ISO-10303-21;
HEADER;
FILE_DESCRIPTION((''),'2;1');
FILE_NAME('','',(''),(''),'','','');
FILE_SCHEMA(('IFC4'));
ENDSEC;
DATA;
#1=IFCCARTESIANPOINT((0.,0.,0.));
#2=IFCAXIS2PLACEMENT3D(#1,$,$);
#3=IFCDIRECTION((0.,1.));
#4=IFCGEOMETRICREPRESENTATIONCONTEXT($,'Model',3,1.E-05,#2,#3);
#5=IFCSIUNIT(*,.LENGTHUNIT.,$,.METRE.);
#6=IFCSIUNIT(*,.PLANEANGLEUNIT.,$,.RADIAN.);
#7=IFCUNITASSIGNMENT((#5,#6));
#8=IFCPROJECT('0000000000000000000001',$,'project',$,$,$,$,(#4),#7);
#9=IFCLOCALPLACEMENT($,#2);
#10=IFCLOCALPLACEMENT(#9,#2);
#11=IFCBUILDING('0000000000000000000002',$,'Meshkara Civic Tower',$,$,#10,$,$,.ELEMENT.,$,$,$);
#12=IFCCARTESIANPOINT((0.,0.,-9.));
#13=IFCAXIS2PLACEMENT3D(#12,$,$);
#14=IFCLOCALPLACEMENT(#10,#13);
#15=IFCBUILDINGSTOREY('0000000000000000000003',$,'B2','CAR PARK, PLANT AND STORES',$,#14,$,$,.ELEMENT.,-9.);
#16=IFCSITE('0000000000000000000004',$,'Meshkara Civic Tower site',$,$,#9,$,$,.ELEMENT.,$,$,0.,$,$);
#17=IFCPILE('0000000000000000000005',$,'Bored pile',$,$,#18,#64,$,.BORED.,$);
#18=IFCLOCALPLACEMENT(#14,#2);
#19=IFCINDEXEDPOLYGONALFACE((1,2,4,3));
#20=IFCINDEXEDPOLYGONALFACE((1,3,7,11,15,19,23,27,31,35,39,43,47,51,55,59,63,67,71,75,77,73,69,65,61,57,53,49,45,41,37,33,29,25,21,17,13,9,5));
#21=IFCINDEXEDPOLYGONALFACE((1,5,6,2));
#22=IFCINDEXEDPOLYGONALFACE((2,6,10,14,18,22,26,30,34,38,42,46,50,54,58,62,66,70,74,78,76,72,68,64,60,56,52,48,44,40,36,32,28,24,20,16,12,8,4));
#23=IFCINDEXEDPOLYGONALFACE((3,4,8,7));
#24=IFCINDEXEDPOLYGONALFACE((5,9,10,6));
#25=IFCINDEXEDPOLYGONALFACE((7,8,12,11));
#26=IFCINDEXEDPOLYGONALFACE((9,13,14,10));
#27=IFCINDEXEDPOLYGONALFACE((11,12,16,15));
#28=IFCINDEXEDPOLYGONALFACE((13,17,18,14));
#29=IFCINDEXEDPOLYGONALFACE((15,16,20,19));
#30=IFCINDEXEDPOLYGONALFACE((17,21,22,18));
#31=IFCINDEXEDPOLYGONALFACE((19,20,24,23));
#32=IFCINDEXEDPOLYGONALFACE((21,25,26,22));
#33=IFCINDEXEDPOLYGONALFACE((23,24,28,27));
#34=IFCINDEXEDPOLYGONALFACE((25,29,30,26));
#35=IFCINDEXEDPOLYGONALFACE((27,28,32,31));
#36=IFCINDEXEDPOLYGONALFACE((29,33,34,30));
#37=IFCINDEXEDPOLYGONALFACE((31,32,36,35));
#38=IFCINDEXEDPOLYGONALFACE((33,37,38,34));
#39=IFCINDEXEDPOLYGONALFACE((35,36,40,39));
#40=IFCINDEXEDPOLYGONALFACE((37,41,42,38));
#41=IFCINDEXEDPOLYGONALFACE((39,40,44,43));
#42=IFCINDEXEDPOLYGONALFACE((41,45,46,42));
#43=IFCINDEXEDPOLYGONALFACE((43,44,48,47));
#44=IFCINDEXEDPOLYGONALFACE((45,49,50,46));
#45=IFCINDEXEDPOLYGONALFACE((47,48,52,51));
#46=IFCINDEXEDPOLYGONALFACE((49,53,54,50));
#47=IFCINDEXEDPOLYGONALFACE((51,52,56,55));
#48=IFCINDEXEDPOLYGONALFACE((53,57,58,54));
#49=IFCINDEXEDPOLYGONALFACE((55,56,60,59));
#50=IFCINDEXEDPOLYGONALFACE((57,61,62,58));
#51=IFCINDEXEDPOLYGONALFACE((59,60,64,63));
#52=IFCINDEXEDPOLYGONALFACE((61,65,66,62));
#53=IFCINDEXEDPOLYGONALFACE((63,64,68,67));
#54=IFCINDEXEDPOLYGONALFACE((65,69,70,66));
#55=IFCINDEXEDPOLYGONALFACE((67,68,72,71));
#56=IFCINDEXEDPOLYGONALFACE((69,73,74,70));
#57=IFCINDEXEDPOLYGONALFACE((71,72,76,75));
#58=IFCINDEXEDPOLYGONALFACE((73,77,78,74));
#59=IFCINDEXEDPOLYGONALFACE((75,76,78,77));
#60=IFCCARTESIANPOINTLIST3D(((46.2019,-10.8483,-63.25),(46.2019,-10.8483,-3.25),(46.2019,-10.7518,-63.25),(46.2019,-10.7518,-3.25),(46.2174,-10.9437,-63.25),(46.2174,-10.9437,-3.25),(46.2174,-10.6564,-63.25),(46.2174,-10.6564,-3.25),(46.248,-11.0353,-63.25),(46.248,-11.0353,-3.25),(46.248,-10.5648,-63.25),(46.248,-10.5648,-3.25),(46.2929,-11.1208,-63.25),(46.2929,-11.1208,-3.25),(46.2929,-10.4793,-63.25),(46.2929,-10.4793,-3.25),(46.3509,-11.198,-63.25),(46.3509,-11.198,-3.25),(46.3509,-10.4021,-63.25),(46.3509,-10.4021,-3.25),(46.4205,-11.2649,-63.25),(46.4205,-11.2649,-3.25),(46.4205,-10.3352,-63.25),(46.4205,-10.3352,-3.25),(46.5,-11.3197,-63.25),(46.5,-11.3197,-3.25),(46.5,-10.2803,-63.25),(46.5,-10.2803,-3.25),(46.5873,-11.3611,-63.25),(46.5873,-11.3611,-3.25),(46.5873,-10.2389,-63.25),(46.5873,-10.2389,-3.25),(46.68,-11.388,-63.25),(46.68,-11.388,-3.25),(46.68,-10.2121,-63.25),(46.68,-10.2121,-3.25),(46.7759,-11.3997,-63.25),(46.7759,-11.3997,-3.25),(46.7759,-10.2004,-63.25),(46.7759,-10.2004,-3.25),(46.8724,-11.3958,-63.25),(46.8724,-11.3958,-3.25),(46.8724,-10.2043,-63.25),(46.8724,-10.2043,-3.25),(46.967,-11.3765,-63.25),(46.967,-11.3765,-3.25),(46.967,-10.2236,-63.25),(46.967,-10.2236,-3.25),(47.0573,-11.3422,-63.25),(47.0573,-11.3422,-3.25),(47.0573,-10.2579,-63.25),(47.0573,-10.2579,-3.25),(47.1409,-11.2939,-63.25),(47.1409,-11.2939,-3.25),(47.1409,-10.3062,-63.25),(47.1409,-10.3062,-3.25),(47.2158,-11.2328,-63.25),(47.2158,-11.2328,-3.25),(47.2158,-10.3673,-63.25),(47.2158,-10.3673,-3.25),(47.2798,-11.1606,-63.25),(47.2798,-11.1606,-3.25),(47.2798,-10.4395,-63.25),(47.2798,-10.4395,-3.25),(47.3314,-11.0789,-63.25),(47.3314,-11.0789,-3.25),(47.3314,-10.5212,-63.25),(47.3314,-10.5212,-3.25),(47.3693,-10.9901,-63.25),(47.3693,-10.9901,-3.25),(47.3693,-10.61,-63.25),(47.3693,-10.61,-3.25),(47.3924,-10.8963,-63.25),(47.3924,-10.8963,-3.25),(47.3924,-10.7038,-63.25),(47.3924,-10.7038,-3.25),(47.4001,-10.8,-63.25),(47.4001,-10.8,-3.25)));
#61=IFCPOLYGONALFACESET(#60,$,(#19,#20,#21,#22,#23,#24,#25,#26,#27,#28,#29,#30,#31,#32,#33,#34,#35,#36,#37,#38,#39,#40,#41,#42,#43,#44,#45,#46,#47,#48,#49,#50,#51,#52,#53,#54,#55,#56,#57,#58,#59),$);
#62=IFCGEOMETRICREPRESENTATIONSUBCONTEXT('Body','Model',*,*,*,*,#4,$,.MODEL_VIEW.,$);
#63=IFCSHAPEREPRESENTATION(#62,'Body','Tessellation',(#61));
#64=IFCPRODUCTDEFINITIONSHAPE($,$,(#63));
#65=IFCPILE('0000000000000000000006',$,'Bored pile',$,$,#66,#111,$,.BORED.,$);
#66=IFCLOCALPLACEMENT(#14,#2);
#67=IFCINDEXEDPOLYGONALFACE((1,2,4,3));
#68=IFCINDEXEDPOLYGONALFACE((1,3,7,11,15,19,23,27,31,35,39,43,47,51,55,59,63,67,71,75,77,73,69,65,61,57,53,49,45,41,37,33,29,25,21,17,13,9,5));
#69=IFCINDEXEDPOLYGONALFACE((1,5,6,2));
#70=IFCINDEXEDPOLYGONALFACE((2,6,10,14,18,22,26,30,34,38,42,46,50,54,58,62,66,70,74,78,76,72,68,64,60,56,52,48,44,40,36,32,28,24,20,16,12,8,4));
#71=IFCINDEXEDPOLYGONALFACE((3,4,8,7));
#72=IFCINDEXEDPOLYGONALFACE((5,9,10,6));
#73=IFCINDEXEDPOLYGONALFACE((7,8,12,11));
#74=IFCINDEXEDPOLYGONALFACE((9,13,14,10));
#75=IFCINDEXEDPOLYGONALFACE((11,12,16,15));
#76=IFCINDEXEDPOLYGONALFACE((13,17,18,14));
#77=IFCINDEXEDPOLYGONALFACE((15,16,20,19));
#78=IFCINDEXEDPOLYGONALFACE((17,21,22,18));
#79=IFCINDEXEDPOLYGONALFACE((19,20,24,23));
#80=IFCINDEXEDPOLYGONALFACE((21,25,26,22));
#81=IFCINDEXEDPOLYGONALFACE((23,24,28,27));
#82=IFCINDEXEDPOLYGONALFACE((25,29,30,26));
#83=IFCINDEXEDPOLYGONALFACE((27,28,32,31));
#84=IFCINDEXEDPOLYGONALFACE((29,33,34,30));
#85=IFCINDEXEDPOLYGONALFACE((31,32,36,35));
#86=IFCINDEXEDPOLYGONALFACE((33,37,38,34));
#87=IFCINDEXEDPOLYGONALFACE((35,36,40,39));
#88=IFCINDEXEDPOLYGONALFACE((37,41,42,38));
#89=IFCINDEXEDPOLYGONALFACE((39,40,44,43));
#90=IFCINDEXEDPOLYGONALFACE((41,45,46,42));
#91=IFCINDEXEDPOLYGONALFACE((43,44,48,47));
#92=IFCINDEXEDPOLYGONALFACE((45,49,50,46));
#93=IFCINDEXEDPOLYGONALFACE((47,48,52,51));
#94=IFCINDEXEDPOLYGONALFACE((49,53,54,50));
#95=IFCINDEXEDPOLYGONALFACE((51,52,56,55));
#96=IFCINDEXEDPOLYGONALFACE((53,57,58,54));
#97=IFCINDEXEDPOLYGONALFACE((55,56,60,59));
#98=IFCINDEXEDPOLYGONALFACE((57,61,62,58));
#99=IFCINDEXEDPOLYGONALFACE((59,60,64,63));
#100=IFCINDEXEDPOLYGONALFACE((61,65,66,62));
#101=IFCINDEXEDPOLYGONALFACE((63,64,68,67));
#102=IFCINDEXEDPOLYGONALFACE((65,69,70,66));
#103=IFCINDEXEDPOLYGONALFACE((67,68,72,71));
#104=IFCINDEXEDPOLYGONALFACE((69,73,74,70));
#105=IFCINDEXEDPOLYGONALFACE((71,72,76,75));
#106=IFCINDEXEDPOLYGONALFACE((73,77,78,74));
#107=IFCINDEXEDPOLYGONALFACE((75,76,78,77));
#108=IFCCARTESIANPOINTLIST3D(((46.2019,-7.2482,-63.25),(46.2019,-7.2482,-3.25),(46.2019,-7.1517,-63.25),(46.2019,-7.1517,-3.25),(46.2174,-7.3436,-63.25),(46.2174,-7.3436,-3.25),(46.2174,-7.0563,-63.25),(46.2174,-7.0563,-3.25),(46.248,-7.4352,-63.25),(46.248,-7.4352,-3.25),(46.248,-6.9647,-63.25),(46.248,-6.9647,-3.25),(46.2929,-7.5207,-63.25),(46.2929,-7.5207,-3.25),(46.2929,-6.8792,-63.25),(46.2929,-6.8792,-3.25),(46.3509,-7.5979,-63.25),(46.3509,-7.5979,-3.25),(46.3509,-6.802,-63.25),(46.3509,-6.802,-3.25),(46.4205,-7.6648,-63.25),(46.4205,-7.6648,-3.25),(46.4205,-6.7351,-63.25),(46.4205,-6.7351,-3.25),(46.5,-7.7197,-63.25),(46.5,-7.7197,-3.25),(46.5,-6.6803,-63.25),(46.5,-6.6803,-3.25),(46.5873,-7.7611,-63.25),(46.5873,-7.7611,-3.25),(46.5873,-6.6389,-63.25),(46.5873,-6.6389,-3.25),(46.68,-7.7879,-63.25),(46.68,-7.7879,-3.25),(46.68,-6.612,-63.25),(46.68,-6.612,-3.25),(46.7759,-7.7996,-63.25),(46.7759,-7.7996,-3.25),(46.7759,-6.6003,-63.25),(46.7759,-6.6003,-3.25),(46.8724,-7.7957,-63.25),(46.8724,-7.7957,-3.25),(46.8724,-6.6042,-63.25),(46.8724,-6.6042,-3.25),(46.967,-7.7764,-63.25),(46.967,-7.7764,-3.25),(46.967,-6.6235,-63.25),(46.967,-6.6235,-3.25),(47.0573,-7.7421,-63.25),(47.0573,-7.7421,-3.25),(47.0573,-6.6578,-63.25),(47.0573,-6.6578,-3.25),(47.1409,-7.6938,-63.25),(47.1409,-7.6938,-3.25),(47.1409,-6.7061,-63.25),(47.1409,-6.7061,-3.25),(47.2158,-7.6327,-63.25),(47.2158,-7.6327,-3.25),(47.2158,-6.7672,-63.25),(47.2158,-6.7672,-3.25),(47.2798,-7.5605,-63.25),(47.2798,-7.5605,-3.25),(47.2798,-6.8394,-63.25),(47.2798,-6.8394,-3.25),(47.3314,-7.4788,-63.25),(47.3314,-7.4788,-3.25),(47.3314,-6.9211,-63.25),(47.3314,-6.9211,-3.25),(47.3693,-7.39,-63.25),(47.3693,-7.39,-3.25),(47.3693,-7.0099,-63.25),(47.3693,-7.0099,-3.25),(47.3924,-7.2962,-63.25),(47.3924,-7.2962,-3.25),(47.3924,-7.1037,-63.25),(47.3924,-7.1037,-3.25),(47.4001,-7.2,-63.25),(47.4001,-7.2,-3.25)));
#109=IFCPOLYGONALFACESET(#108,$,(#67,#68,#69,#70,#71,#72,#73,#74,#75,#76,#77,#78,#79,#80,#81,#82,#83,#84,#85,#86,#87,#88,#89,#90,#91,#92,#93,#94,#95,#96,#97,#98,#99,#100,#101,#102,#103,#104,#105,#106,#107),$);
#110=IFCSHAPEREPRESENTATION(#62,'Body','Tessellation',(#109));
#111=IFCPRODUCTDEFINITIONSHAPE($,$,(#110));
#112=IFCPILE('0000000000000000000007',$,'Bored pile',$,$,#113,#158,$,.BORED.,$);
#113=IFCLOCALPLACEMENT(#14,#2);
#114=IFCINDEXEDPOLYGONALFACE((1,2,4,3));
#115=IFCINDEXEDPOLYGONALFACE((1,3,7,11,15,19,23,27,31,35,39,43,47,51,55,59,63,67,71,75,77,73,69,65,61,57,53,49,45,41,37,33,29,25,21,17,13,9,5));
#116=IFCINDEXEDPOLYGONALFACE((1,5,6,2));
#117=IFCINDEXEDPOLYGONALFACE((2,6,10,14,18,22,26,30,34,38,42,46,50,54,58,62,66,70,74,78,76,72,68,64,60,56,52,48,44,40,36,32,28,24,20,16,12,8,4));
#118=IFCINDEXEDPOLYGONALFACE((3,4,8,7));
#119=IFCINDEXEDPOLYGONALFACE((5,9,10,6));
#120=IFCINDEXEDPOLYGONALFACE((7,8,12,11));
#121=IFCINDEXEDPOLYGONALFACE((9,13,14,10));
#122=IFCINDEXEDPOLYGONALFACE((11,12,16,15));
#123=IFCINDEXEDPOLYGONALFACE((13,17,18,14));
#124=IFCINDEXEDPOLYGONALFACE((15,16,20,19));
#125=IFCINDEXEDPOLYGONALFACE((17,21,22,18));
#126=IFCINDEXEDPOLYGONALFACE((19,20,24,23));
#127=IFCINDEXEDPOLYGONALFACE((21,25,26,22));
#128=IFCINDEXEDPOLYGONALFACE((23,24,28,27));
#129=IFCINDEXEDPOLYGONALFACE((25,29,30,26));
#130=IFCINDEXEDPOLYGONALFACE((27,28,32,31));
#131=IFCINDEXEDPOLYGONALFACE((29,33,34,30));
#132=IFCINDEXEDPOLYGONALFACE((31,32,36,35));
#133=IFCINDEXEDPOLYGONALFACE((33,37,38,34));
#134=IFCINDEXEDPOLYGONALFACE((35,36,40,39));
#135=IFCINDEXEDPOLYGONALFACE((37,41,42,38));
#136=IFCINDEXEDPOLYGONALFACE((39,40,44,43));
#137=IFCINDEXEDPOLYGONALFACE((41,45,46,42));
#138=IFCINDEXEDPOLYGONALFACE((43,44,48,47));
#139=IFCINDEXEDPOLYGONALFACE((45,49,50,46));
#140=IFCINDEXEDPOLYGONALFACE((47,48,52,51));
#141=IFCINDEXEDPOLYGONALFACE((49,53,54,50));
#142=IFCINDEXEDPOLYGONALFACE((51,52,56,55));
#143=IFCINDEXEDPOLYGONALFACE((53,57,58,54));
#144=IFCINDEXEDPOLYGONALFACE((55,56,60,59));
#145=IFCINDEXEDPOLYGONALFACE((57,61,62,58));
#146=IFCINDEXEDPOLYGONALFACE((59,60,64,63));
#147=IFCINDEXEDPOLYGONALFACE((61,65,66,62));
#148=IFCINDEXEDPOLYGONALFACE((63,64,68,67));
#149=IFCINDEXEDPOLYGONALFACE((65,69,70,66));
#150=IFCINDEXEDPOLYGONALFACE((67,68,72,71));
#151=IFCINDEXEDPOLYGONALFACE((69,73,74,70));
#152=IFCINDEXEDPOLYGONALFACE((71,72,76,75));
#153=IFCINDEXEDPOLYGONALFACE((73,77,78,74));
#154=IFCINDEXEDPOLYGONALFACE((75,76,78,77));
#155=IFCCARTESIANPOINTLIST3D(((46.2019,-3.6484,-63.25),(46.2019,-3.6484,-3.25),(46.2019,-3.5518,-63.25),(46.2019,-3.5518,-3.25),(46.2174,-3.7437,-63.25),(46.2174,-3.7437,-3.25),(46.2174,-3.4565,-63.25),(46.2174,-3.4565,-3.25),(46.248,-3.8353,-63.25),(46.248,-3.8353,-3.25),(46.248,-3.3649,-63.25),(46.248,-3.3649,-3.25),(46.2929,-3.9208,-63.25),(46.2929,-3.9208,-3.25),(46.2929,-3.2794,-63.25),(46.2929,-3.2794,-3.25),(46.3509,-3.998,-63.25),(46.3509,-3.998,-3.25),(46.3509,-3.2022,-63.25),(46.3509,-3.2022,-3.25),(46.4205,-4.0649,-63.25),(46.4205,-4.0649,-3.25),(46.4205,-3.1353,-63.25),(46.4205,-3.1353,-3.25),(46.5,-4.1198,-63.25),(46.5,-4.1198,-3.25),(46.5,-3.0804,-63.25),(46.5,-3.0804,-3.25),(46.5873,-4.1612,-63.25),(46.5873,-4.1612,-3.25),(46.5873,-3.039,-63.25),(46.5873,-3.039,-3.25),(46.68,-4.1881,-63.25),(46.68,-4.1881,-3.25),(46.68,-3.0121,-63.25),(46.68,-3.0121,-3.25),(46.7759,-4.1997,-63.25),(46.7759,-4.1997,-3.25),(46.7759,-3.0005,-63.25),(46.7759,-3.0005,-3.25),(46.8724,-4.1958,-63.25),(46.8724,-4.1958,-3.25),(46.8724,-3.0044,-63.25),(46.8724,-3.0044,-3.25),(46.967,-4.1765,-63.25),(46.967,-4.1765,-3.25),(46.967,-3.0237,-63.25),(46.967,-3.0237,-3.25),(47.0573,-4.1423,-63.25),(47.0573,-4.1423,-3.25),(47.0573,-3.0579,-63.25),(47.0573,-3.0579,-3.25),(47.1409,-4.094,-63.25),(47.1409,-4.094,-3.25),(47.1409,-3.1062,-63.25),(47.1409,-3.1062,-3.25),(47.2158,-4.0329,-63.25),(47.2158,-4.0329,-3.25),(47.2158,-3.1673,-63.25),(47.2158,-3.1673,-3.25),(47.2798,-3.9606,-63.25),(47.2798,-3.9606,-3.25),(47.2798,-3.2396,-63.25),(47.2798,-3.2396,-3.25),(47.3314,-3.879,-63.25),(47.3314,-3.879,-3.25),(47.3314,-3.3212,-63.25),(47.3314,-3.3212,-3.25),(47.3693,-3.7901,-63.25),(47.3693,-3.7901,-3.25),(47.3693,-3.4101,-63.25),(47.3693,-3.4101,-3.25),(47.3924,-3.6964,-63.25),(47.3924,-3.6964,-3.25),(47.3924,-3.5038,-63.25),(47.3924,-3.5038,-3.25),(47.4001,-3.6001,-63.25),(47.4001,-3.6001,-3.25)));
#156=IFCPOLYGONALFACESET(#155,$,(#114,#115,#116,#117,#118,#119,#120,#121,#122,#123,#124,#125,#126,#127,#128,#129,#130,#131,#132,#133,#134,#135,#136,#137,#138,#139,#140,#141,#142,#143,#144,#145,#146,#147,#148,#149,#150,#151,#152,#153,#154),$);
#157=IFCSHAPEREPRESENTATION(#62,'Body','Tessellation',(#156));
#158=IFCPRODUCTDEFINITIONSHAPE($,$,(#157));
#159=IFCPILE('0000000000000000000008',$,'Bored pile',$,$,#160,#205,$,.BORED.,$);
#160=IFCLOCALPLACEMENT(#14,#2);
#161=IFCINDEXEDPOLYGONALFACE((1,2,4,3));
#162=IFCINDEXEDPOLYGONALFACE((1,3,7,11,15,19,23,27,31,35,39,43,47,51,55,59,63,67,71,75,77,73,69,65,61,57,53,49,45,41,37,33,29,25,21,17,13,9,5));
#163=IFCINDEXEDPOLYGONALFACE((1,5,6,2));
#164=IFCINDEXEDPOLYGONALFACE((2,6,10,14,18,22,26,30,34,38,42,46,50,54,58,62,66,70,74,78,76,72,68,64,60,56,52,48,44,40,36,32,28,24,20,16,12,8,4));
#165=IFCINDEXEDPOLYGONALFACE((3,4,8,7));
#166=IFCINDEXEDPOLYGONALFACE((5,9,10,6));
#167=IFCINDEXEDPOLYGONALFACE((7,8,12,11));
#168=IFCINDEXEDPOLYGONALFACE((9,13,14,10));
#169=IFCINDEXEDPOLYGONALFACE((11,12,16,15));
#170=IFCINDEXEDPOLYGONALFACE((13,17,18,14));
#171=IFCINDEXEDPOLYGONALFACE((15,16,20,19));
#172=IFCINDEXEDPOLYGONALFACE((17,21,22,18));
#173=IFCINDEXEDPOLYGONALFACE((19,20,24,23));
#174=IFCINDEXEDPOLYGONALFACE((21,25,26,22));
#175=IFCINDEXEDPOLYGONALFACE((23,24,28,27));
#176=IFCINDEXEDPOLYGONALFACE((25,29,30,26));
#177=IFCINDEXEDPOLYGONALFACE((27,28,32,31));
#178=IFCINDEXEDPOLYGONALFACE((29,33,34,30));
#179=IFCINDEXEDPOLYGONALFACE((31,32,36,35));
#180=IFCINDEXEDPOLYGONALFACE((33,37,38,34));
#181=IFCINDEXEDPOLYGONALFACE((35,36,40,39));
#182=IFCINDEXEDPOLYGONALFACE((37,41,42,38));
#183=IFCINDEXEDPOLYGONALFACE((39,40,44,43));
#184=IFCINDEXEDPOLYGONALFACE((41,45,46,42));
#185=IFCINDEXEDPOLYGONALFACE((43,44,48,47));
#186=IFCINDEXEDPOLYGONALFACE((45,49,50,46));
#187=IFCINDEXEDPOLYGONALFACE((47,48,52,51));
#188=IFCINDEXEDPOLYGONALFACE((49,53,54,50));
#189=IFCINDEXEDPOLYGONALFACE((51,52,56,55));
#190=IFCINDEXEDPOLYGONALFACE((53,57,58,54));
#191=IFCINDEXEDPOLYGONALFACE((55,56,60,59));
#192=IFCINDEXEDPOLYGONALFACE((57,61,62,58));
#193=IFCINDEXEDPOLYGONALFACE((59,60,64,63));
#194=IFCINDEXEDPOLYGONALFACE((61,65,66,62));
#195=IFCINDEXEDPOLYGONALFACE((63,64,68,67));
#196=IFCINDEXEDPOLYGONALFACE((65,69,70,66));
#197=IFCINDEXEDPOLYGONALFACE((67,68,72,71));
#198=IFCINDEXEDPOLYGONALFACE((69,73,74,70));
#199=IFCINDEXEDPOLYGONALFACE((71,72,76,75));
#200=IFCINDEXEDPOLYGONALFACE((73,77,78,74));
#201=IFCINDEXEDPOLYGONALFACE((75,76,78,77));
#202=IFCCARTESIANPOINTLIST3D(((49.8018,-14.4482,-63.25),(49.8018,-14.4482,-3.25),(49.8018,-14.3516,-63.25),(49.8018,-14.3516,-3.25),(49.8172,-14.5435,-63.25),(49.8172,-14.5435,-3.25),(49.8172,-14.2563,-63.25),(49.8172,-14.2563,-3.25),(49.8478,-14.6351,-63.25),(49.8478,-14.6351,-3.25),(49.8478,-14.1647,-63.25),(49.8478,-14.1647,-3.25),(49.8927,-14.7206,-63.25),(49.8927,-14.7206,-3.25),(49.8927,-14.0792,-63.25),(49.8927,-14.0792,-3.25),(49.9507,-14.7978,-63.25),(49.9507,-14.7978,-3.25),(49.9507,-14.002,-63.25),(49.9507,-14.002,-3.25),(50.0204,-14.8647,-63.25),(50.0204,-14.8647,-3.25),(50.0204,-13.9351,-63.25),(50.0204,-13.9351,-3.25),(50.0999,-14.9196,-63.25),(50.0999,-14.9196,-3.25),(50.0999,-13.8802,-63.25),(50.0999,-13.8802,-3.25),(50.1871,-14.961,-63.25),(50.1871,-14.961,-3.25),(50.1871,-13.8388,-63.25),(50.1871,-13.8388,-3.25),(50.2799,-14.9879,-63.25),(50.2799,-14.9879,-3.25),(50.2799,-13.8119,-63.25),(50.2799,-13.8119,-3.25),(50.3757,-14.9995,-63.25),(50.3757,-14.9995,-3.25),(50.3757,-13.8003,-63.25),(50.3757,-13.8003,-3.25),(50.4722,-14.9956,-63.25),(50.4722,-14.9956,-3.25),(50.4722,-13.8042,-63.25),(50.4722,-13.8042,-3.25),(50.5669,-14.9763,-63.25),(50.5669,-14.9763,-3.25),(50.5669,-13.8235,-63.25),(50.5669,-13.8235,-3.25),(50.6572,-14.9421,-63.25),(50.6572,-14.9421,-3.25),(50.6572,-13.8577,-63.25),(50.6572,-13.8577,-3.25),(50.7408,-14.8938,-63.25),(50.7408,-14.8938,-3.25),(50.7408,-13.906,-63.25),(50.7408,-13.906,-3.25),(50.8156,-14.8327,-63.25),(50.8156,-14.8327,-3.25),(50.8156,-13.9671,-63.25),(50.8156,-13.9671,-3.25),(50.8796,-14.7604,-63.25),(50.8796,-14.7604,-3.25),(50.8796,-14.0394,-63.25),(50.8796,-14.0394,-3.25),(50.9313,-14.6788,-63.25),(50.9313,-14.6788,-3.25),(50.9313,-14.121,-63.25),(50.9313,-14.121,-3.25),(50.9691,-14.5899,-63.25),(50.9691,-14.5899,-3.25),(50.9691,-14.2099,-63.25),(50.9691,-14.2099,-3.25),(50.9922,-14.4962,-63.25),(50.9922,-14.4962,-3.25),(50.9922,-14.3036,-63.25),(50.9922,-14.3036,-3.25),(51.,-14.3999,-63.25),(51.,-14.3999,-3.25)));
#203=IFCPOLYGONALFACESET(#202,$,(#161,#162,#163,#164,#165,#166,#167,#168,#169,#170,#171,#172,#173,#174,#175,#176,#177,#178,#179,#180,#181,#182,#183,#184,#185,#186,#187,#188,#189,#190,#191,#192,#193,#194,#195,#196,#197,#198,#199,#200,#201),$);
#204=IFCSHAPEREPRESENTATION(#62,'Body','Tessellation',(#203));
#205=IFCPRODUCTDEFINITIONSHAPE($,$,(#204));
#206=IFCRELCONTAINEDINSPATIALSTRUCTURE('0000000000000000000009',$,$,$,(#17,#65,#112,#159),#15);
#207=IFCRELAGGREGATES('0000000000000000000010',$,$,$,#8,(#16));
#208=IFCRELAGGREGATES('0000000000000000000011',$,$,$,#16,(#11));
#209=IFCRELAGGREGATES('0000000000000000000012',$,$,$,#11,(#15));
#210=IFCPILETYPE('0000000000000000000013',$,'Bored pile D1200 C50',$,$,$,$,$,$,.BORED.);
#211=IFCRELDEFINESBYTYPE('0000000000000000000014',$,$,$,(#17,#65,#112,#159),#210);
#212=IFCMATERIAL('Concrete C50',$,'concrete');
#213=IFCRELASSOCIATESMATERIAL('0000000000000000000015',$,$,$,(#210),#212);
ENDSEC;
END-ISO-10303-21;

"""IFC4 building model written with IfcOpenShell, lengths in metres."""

from ifc_helpers import new_model, si_unit, direction, frame, origin, origin_2d, place, context, subcontext, project, spatial, circle, extrude, material, material_profile, profile_set, type_object, element, save


model = new_model("IFC4")

# Units and contexts
model_context = context("Model", 3, precision=1e-05, world=origin(), true_north=direction((0.0, 1.0)))
body_context = subcontext(model_context, "Body", "Model", "MODEL_VIEW")
ifc_project = project(units=[si_unit("LENGTHUNIT", "METRE"), si_unit("PLANEANGLEUNIT", "RADIAN")], contexts=[model_context])

# Site, building, storey
site_placement = place(None, origin())
site = spatial("IfcSite", under=ifc_project, at=site_placement, Name="Meshkara Civic Tower site", CompositionType="ELEMENT", RefElevation=0.0)
building_placement = place(site_placement, origin())
building = spatial("IfcBuilding", under=site, at=building_placement, Name="Meshkara Civic Tower", CompositionType="ELEMENT")
storey_placement = place(building_placement, frame((0.0, 0.0, -9.0)))
storey = spatial("IfcBuildingStorey", under=building, at=storey_placement, Name="B2", Description="CAR PARK, PLANT AND STORES", CompositionType="ELEMENT", Elevation=-9.0)

# Piles
ifc_material_1 = material(Name="Concrete C50", Category="concrete")
ifc_material_profile_1 = material_profile(ifc_material_1, circle(Radius=0.6001, at=origin_2d()))
ifc_profile_set_1 = profile_set([ifc_material_profile_1], Name="Concrete C50")
pile_type = type_object("IfcPileType", Name="Bored pile D1200 C50", PredefinedType="BORED", material=ifc_profile_set_1)
for number, where, z_axis, x_axis, name in (
    (1, (46.8, -10.8, -3.25), (0.0, 0.0, -1.0), (1.0, 0.0, 0.0), "Bored pile"),
    (2, (46.8, -7.2, -3.25), (0.0, 0.0, -1.0), (1.0, 0.0, 0.0), "Bored pile"),
    (3, (46.8, -3.6001, -3.25), (0.0, 0.0, -1.0), (1.0, 0.0, 0.0), "Bored pile"),
    (4, (50.3999, -14.3999, -3.25), (0.0, 0.0, -1.0), (1.0, 0.0, 0.0), "Bored pile"),
):
    element("IfcPile", number, at=place(storey_placement, frame(where, z_axis=z_axis, x_axis=x_axis)), inside=storey, type_object=pile_type, Name=name, PredefinedType="BORED", context=body_context, shape_type="SweptSolid", body=[
        extrude(circle(Radius=0.6001, at=origin_2d()), origin(), (0.0, 0.0, 1.0), 60.0),
    ])

save(model, "model.ifc")
